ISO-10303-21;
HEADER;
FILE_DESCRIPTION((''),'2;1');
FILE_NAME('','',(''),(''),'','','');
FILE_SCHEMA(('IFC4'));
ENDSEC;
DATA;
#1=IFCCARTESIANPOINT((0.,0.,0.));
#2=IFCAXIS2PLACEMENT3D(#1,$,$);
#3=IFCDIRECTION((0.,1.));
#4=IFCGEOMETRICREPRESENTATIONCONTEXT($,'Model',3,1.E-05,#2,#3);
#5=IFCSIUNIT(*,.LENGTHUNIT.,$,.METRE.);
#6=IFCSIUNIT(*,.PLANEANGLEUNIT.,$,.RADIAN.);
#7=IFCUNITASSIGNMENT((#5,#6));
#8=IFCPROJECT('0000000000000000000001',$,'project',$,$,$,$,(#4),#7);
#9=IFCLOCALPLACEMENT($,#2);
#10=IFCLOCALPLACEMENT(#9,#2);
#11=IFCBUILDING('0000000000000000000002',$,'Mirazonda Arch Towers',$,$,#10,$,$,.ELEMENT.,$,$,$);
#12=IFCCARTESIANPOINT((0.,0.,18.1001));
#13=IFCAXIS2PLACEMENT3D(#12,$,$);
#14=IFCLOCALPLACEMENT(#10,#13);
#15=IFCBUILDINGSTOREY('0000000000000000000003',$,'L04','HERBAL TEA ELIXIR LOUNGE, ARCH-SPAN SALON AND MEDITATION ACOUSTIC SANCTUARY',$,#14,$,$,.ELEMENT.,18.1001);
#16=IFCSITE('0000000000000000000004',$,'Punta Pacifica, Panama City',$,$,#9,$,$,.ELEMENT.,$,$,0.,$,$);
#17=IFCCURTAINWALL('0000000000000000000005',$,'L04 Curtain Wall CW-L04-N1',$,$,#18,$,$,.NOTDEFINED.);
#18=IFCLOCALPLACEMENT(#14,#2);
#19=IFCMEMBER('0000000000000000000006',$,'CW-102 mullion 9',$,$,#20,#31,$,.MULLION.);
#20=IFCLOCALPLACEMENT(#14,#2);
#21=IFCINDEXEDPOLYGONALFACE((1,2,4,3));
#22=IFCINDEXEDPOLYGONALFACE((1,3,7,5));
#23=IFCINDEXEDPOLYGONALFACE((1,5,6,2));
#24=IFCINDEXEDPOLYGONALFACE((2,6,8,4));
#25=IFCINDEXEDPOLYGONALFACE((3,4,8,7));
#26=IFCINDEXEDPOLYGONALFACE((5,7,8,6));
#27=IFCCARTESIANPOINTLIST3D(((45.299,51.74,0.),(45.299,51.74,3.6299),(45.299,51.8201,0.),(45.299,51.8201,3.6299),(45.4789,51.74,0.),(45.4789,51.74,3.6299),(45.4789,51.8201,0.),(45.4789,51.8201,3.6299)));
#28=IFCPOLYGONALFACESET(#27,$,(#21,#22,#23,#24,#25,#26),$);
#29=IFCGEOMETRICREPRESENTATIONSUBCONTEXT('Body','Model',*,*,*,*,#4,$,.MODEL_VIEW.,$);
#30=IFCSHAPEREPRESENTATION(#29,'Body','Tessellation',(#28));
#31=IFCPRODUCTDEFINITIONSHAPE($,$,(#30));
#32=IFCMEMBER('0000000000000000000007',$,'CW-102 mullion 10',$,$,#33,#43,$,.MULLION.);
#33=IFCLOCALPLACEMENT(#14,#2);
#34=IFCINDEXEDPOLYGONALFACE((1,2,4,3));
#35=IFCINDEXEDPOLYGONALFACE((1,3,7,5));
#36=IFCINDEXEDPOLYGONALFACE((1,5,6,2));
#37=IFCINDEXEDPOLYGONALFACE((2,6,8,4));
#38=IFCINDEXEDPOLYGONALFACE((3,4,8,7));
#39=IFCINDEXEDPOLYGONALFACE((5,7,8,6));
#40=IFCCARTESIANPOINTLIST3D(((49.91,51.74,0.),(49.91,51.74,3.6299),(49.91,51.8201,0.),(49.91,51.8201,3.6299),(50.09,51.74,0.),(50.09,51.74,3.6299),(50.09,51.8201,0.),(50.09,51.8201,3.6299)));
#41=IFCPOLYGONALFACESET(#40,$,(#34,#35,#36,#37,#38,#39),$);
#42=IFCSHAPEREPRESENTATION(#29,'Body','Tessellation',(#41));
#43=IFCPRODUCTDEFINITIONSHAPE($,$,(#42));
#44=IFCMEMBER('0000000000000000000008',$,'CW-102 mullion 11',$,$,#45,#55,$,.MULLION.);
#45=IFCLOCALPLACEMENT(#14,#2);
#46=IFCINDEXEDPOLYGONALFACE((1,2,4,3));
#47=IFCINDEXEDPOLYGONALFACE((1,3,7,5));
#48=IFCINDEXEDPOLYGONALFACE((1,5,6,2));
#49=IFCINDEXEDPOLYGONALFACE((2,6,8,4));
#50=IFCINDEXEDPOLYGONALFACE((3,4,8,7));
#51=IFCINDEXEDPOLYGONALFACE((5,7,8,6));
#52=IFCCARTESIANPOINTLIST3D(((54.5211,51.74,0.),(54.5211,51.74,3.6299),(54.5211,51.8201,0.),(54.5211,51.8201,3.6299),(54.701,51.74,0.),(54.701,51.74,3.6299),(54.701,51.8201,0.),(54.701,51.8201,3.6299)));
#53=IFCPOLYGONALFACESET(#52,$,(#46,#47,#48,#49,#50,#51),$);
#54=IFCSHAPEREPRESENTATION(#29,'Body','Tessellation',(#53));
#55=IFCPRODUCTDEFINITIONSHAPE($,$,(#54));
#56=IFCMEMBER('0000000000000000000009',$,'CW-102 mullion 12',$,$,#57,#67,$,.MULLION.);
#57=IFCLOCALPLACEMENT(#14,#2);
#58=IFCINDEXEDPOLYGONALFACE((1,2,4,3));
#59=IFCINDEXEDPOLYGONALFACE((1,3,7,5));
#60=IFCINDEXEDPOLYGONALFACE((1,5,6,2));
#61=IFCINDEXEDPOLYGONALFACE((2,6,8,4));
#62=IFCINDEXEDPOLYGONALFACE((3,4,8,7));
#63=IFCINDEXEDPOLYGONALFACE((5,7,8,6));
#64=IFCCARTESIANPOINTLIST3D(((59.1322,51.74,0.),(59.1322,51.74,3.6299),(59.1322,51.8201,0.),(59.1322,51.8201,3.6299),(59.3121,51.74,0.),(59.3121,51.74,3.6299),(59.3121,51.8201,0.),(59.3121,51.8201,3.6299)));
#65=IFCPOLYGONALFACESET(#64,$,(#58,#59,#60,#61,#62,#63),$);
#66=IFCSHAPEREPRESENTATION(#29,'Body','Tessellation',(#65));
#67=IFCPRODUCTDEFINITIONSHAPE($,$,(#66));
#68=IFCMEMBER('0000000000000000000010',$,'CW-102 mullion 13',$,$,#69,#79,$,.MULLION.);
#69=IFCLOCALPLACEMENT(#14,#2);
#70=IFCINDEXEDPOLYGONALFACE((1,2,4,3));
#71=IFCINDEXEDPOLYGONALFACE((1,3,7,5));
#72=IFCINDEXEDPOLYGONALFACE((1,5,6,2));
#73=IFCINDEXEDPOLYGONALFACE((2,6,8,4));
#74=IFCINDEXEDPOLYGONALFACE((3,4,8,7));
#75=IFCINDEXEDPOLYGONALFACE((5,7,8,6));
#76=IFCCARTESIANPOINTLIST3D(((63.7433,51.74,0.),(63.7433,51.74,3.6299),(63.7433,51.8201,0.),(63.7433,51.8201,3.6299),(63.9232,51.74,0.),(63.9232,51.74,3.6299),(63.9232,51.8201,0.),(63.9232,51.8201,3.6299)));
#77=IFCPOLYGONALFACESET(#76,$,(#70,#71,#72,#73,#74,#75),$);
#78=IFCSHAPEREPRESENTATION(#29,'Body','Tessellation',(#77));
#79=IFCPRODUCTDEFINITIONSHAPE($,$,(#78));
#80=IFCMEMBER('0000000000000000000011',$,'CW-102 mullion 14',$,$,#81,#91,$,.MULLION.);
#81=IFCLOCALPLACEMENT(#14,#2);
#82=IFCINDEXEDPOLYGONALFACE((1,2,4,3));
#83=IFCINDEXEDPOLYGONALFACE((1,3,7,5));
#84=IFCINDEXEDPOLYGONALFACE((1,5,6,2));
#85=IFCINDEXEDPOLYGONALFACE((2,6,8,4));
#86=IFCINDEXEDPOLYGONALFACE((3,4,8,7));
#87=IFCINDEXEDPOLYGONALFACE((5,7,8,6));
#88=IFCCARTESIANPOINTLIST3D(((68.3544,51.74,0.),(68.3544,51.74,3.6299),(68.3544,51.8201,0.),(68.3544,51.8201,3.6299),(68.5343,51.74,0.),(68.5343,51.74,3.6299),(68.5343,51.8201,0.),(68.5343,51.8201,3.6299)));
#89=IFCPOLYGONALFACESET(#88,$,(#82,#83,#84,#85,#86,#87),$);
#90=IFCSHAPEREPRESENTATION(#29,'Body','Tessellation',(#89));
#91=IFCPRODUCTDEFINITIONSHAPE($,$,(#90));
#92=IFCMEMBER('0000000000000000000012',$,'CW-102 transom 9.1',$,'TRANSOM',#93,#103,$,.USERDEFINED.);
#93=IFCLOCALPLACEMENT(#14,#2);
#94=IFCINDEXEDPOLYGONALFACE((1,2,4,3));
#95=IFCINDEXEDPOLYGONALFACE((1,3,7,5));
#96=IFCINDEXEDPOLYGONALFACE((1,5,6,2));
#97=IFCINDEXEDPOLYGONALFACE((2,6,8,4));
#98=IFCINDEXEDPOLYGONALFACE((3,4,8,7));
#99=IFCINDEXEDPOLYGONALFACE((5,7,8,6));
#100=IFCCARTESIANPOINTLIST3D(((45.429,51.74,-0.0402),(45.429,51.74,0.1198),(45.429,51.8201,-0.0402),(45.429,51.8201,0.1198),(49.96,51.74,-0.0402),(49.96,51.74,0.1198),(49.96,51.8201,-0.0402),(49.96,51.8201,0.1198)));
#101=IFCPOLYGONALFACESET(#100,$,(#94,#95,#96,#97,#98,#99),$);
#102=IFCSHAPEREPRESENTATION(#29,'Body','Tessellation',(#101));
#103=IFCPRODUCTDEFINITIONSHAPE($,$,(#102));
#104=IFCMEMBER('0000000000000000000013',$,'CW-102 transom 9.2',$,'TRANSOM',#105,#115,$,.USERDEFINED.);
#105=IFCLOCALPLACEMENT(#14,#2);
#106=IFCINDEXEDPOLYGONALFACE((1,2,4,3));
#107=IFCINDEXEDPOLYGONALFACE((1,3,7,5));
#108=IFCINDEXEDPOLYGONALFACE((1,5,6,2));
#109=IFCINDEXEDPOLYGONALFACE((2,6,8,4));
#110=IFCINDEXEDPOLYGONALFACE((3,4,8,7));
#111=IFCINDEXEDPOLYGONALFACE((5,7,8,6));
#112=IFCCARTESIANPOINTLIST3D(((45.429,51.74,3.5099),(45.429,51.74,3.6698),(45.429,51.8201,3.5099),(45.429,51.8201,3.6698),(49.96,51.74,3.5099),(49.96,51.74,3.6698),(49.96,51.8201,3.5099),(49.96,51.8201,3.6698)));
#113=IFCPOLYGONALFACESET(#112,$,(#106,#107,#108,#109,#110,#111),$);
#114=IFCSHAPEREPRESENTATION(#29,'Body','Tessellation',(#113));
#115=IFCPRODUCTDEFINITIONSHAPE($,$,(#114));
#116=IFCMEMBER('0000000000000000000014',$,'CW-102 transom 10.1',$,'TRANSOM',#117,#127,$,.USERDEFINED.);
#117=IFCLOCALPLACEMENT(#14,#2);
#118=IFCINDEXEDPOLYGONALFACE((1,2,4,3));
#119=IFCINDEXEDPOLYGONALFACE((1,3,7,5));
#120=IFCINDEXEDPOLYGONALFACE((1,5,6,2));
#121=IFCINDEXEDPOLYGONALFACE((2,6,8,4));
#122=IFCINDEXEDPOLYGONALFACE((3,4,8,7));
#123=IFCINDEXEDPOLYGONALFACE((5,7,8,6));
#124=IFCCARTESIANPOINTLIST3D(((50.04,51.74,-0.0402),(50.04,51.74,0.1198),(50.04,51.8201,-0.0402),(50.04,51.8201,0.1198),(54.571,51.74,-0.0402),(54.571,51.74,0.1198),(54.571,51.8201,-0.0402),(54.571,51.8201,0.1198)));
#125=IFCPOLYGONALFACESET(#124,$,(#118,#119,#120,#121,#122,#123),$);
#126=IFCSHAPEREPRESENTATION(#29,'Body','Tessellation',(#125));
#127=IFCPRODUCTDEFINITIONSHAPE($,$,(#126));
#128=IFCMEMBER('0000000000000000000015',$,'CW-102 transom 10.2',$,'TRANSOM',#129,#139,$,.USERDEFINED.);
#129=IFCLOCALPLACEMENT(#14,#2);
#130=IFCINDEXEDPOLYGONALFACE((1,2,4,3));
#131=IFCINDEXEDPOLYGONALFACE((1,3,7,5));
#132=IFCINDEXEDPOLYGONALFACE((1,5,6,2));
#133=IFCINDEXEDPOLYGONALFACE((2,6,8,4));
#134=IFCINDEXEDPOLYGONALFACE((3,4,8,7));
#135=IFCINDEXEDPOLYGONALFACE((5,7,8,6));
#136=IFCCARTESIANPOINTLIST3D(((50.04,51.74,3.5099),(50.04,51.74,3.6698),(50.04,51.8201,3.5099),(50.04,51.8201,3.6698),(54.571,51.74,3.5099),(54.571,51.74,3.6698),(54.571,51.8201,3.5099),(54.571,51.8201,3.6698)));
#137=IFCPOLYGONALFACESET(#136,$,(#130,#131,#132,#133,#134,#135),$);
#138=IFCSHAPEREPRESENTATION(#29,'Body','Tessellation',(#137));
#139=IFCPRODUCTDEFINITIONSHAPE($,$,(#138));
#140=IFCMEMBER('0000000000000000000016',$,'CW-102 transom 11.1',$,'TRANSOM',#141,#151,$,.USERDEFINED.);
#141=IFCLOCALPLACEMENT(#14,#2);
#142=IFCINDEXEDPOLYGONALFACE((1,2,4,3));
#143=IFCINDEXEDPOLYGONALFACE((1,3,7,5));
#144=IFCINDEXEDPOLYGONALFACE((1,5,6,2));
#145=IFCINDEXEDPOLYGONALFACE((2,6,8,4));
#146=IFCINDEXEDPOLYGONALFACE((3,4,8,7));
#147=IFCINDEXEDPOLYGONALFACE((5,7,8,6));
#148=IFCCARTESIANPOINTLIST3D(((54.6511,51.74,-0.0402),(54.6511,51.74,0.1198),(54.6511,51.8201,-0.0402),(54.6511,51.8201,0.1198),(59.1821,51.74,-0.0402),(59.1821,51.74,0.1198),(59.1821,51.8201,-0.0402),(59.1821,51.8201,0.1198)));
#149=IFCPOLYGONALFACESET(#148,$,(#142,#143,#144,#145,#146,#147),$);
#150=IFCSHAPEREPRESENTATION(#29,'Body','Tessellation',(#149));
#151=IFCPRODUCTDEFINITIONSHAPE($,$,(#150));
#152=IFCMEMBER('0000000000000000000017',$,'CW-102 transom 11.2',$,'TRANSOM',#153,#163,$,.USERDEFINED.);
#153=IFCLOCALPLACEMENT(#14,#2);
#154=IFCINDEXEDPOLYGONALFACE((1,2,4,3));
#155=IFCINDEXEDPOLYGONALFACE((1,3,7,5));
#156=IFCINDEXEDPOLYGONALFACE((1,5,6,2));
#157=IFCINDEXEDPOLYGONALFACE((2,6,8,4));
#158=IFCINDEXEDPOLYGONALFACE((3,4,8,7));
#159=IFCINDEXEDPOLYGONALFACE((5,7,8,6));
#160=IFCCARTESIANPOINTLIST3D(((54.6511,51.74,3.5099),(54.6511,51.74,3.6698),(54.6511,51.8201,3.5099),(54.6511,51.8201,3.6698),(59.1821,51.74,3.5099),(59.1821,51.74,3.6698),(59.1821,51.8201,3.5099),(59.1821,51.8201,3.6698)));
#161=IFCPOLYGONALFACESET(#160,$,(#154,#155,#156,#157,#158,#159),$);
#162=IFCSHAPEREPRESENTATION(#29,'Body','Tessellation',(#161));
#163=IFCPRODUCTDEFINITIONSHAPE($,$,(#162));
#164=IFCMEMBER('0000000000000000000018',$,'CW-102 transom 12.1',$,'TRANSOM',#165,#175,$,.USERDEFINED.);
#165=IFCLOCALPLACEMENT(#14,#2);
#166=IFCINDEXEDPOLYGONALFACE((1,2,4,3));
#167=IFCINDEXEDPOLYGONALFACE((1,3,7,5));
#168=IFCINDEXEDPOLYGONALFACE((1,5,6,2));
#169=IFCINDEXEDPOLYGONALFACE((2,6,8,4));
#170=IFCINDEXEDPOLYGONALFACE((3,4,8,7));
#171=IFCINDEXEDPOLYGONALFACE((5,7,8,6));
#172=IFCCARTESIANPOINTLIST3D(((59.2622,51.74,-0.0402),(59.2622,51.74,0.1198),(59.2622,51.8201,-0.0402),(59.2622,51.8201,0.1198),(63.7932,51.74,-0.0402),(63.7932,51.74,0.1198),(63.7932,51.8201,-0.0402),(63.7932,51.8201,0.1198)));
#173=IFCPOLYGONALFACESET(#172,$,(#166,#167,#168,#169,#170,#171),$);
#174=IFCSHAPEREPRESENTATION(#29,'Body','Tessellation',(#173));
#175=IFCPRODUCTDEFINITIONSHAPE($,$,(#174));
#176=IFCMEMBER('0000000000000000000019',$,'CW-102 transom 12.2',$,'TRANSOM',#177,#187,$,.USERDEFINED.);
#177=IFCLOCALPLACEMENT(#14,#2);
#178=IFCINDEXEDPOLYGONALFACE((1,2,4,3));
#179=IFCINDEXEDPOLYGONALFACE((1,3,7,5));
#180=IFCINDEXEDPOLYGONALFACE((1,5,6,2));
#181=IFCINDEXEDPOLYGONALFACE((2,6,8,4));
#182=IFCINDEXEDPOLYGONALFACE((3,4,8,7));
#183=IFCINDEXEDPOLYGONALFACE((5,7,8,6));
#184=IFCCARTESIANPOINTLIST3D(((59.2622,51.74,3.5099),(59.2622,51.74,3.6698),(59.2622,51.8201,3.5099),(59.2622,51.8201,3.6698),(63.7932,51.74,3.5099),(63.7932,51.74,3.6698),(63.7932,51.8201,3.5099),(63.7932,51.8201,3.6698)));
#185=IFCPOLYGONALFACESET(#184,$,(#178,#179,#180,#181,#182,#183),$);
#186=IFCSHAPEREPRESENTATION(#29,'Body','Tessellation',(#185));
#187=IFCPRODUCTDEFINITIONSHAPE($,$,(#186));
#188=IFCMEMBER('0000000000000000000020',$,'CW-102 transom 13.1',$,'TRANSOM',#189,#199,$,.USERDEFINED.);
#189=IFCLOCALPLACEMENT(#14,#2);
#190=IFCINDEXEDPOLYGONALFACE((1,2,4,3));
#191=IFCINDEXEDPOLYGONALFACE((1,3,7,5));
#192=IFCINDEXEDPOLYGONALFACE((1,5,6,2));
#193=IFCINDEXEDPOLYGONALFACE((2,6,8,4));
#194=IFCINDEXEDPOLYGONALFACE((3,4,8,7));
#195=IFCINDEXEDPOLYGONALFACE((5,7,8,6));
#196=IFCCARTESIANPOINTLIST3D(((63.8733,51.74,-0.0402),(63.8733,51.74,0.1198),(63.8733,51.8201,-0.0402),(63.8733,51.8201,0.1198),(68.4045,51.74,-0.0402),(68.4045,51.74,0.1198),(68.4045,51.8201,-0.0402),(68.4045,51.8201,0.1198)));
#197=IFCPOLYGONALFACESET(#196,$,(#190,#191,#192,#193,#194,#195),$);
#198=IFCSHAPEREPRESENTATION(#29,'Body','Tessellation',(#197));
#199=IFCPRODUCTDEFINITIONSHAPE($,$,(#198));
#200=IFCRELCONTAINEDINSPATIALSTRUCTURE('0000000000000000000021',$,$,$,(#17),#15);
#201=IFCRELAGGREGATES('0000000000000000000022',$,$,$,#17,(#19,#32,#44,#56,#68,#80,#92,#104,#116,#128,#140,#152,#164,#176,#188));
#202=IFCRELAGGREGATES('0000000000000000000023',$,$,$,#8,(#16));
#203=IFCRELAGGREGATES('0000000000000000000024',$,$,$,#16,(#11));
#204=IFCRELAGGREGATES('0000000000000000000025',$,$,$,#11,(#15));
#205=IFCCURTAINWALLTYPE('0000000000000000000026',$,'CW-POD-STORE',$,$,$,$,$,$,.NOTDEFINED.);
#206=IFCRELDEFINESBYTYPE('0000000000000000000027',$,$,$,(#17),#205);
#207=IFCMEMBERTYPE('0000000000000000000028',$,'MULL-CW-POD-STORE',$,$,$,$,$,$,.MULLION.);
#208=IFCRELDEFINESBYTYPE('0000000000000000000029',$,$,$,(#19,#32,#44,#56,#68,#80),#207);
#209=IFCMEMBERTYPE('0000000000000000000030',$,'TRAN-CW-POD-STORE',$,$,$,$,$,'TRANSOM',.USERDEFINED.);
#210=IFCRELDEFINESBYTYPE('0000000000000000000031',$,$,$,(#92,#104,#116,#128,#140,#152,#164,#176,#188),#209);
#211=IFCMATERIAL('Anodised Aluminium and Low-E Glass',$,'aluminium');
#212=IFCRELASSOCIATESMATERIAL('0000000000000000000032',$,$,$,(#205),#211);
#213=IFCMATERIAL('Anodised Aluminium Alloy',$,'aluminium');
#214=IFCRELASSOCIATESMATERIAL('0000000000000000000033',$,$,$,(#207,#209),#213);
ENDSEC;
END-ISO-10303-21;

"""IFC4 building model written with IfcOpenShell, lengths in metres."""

from ifc_helpers import new_model, si_unit, direction, frame, origin, origin_2d, place, context, subcontext, project, spatial, rectangle, extrude, material, material_profile, profile_set, type_object, element, aggregate, save


model = new_model("IFC4")

# Units and contexts
model_context = context("Model", 3, precision=1e-05, world=origin(), true_north=direction((0.0, 1.0)))
body_context = subcontext(model_context, "Body", "Model", "MODEL_VIEW")
ifc_project = project(units=[si_unit("LENGTHUNIT", "METRE"), si_unit("PLANEANGLEUNIT", "RADIAN")], contexts=[model_context])

# Site, building, storey
site_placement = place(None, origin())
site = spatial("IfcSite", under=ifc_project, at=site_placement, Name="Punta Pacifica, Panama City", CompositionType="ELEMENT", RefElevation=0.0)
building_placement = place(site_placement, origin())
building = spatial("IfcBuilding", under=site, at=building_placement, Name="Mirazonda Arch Towers", CompositionType="ELEMENT")
storey_placement = place(building_placement, frame((0.0, 0.0, 18.1001)))
storey = spatial("IfcBuildingStorey", under=building, at=storey_placement, Name="L04", Description="HERBAL TEA ELIXIR LOUNGE, ARCH-SPAN SALON AND MEDITATION ACOUSTIC SANCTUARY", CompositionType="ELEMENT", Elevation=18.1001)

# Curtain wall, members
ifc_material_1 = material(Name="Anodised Aluminium and Low-E Glass", Category="aluminium")
curtain_wall_type = type_object("IfcCurtainWallType", Name="CW-POD-STORE", PredefinedType="NOTDEFINED", material=ifc_material_1)
curtain_wall_placement = place(storey_placement, origin())
curtain_wall = element("IfcCurtainWall", 1, at=curtain_wall_placement, inside=storey, type_object=curtain_wall_type, Name="L04 Curtain Wall CW-L04-N1", PredefinedType="NOTDEFINED")
ifc_material_2 = material(Name="Anodised Aluminium Alloy", Category="aluminium")
ifc_material_profile_1 = material_profile(ifc_material_2, rectangle(XDim=0.0801, YDim=0.1799, at=origin_2d()), Name="ALU-MULL-80x180")
ifc_profile_set_1 = profile_set([ifc_material_profile_1], Name="Anodised Aluminium Alloy")
member_type_1 = type_object("IfcMemberType", Name="MULL-CW-POD-STORE", PredefinedType="MULLION", material=ifc_profile_set_1)
member_1_placement = place(storey_placement, frame((45.3889, 51.78, 0.0), z_axis=(0.0, 0.0, 1.0), x_axis=(0.0, 1.0, 0.0)))
member_1 = element("IfcMember", 2, at=member_1_placement, type_object=member_type_1, Name="CW-102 mullion 9", PredefinedType="MULLION", context=body_context, shape_type="SweptSolid", body=[
    extrude(rectangle(XDim=0.0801, YDim=0.1799, at=origin_2d()), origin(), (0.0, 0.0, 1.0), 3.6299),
])
member_2_placement = place(storey_placement, frame((50.0, 51.78, 0.0), z_axis=(0.0, 0.0, 1.0), x_axis=(0.0, 1.0, 0.0)))
member_2 = element("IfcMember", 3, at=member_2_placement, type_object=member_type_1, Name="CW-102 mullion 10", PredefinedType="MULLION", context=body_context, shape_type="SweptSolid", body=[
    extrude(rectangle(XDim=0.0801, YDim=0.1799, at=origin_2d()), origin(), (0.0, 0.0, 1.0), 3.6299),
])
member_3_placement = place(storey_placement, frame((54.6111, 51.78, 0.0), z_axis=(0.0, 0.0, 1.0), x_axis=(0.0, 1.0, 0.0)))
member_3 = element("IfcMember", 4, at=member_3_placement, type_object=member_type_1, Name="CW-102 mullion 11", PredefinedType="MULLION", context=body_context, shape_type="SweptSolid", body=[
    extrude(rectangle(XDim=0.0801, YDim=0.1799, at=origin_2d()), origin(), (0.0, 0.0, 1.0), 3.6299),
])
member_4_placement = place(storey_placement, frame((59.2222, 51.78, 0.0), z_axis=(0.0, 0.0, 1.0), x_axis=(0.0, 1.0, 0.0)))
member_4 = element("IfcMember", 5, at=member_4_placement, type_object=member_type_1, Name="CW-102 mullion 12", PredefinedType="MULLION", context=body_context, shape_type="SweptSolid", body=[
    extrude(rectangle(XDim=0.0801, YDim=0.1799, at=origin_2d()), origin(), (0.0, 0.0, 1.0), 3.6299),
])
member_5_placement = place(storey_placement, frame((63.8333, 51.78, 0.0), z_axis=(0.0, 0.0, 1.0), x_axis=(0.0, 1.0, 0.0)))
member_5 = element("IfcMember", 6, at=member_5_placement, type_object=member_type_1, Name="CW-102 mullion 13", PredefinedType="MULLION", context=body_context, shape_type="SweptSolid", body=[
    extrude(rectangle(XDim=0.0801, YDim=0.1799, at=origin_2d()), origin(), (0.0, 0.0, 1.0), 3.6299),
])
member_6_placement = place(storey_placement, frame((68.4443, 51.78, 0.0), z_axis=(0.0, 0.0, 1.0), x_axis=(0.0, 1.0, 0.0)))
member_6 = element("IfcMember", 7, at=member_6_placement, type_object=member_type_1, Name="CW-102 mullion 14", PredefinedType="MULLION", context=body_context, shape_type="SweptSolid", body=[
    extrude(rectangle(XDim=0.0801, YDim=0.1799, at=origin_2d()), origin(), (0.0, 0.0, 1.0), 3.6299),
])
ifc_material_profile_2 = material_profile(ifc_material_2, rectangle(XDim=0.0801, YDim=0.1599, at=origin_2d()), Name="ALU-TRAN-80x160")
ifc_profile_set_2 = profile_set([ifc_material_profile_2], Name="Anodised Aluminium Alloy")
member_type_2 = type_object("IfcMemberType", Name="TRAN-CW-POD-STORE", ElementType="TRANSOM", PredefinedType="USERDEFINED", material=ifc_profile_set_2)
member_7_placement = place(storey_placement, frame((45.429, 51.78, 0.0398), z_axis=(1.0, 0.0, 0.0), x_axis=(0.0, 1.0, 0.0)))
member_7 = element("IfcMember", 8, at=member_7_placement, type_object=member_type_2, Name="CW-102 transom 9.1", ObjectType="TRANSOM", PredefinedType="USERDEFINED", context=body_context, shape_type="SweptSolid", body=[
    extrude(rectangle(XDim=0.0801, YDim=0.1599, at=origin_2d()), origin(), (0.0, 0.0, 1.0), 4.531),
])
member_8_placement = place(storey_placement, frame((45.429, 51.78, 3.5898), z_axis=(1.0, 0.0, 0.0), x_axis=(0.0, 1.0, 0.0)))
member_8 = element("IfcMember", 9, at=member_8_placement, type_object=member_type_2, Name="CW-102 transom 9.2", ObjectType="TRANSOM", PredefinedType="USERDEFINED", context=body_context, shape_type="SweptSolid", body=[
    extrude(rectangle(XDim=0.0801, YDim=0.1599, at=origin_2d()), origin(), (0.0, 0.0, 1.0), 4.531),
])
member_9_placement = place(storey_placement, frame((50.04, 51.78, 0.0398), z_axis=(1.0, 0.0, 0.0), x_axis=(0.0, 1.0, 0.0)))
member_9 = element("IfcMember", 10, at=member_9_placement, type_object=member_type_2, Name="CW-102 transom 10.1", ObjectType="TRANSOM", PredefinedType="USERDEFINED", context=body_context, shape_type="SweptSolid", body=[
    extrude(rectangle(XDim=0.0801, YDim=0.1599, at=origin_2d()), origin(), (0.0, 0.0, 1.0), 4.531),
])
member_10_placement = place(storey_placement, frame((50.04, 51.78, 3.5898), z_axis=(1.0, 0.0, 0.0), x_axis=(0.0, 1.0, 0.0)))
member_10 = element("IfcMember", 11, at=member_10_placement, type_object=member_type_2, Name="CW-102 transom 10.2", ObjectType="TRANSOM", PredefinedType="USERDEFINED", context=body_context, shape_type="SweptSolid", body=[
    extrude(rectangle(XDim=0.0801, YDim=0.1599, at=origin_2d()), origin(), (0.0, 0.0, 1.0), 4.531),
])
member_11_placement = place(storey_placement, frame((54.6511, 51.78, 0.0398), z_axis=(1.0, 0.0, 0.0), x_axis=(0.0, 1.0, 0.0)))
member_11 = element("IfcMember", 12, at=member_11_placement, type_object=member_type_2, Name="CW-102 transom 11.1", ObjectType="TRANSOM", PredefinedType="USERDEFINED", context=body_context, shape_type="SweptSolid", body=[
    extrude(rectangle(XDim=0.0801, YDim=0.1599, at=origin_2d()), origin(), (0.0, 0.0, 1.0), 4.531),
])
member_12_placement = place(storey_placement, frame((54.6511, 51.78, 3.5898), z_axis=(1.0, 0.0, 0.0), x_axis=(0.0, 1.0, 0.0)))
member_12 = element("IfcMember", 13, at=member_12_placement, type_object=member_type_2, Name="CW-102 transom 11.2", ObjectType="TRANSOM", PredefinedType="USERDEFINED", context=body_context, shape_type="SweptSolid", body=[
    extrude(rectangle(XDim=0.0801, YDim=0.1599, at=origin_2d()), origin(), (0.0, 0.0, 1.0), 4.531),
])
member_13_placement = place(storey_placement, frame((59.2622, 51.78, 0.0398), z_axis=(1.0, 0.0, 0.0), x_axis=(0.0, 1.0, 0.0)))
member_13 = element("IfcMember", 14, at=member_13_placement, type_object=member_type_2, Name="CW-102 transom 12.1", ObjectType="TRANSOM", PredefinedType="USERDEFINED", context=body_context, shape_type="SweptSolid", body=[
    extrude(rectangle(XDim=0.0801, YDim=0.1599, at=origin_2d()), origin(), (0.0, 0.0, 1.0), 4.531),
])
member_14_placement = place(storey_placement, frame((59.2622, 51.78, 3.5898), z_axis=(1.0, 0.0, 0.0), x_axis=(0.0, 1.0, 0.0)))
member_14 = element("IfcMember", 15, at=member_14_placement, type_object=member_type_2, Name="CW-102 transom 12.2", ObjectType="TRANSOM", PredefinedType="USERDEFINED", context=body_context, shape_type="SweptSolid", body=[
    extrude(rectangle(XDim=0.0801, YDim=0.1599, at=origin_2d()), origin(), (0.0, 0.0, 1.0), 4.531),
])
member_15_placement = place(storey_placement, frame((63.8733, 51.78, 0.0398), z_axis=(1.0, 0.0, 0.0), x_axis=(0.0, 1.0, 0.0)))
member_15 = element("IfcMember", 16, at=member_15_placement, type_object=member_type_2, Name="CW-102 transom 13.1", ObjectType="TRANSOM", PredefinedType="USERDEFINED", context=body_context, shape_type="SweptSolid", body=[
    extrude(rectangle(XDim=0.0801, YDim=0.1599, at=origin_2d()), origin(), (0.0, 0.0, 1.0), 4.5312),
])
aggregate(curtain_wall, [member_1, member_2, member_3, member_4, member_5, member_6, member_7, member_8, member_9, member_10, member_11, member_12, member_13, member_14, member_15])

save(model, "model.ifc")
